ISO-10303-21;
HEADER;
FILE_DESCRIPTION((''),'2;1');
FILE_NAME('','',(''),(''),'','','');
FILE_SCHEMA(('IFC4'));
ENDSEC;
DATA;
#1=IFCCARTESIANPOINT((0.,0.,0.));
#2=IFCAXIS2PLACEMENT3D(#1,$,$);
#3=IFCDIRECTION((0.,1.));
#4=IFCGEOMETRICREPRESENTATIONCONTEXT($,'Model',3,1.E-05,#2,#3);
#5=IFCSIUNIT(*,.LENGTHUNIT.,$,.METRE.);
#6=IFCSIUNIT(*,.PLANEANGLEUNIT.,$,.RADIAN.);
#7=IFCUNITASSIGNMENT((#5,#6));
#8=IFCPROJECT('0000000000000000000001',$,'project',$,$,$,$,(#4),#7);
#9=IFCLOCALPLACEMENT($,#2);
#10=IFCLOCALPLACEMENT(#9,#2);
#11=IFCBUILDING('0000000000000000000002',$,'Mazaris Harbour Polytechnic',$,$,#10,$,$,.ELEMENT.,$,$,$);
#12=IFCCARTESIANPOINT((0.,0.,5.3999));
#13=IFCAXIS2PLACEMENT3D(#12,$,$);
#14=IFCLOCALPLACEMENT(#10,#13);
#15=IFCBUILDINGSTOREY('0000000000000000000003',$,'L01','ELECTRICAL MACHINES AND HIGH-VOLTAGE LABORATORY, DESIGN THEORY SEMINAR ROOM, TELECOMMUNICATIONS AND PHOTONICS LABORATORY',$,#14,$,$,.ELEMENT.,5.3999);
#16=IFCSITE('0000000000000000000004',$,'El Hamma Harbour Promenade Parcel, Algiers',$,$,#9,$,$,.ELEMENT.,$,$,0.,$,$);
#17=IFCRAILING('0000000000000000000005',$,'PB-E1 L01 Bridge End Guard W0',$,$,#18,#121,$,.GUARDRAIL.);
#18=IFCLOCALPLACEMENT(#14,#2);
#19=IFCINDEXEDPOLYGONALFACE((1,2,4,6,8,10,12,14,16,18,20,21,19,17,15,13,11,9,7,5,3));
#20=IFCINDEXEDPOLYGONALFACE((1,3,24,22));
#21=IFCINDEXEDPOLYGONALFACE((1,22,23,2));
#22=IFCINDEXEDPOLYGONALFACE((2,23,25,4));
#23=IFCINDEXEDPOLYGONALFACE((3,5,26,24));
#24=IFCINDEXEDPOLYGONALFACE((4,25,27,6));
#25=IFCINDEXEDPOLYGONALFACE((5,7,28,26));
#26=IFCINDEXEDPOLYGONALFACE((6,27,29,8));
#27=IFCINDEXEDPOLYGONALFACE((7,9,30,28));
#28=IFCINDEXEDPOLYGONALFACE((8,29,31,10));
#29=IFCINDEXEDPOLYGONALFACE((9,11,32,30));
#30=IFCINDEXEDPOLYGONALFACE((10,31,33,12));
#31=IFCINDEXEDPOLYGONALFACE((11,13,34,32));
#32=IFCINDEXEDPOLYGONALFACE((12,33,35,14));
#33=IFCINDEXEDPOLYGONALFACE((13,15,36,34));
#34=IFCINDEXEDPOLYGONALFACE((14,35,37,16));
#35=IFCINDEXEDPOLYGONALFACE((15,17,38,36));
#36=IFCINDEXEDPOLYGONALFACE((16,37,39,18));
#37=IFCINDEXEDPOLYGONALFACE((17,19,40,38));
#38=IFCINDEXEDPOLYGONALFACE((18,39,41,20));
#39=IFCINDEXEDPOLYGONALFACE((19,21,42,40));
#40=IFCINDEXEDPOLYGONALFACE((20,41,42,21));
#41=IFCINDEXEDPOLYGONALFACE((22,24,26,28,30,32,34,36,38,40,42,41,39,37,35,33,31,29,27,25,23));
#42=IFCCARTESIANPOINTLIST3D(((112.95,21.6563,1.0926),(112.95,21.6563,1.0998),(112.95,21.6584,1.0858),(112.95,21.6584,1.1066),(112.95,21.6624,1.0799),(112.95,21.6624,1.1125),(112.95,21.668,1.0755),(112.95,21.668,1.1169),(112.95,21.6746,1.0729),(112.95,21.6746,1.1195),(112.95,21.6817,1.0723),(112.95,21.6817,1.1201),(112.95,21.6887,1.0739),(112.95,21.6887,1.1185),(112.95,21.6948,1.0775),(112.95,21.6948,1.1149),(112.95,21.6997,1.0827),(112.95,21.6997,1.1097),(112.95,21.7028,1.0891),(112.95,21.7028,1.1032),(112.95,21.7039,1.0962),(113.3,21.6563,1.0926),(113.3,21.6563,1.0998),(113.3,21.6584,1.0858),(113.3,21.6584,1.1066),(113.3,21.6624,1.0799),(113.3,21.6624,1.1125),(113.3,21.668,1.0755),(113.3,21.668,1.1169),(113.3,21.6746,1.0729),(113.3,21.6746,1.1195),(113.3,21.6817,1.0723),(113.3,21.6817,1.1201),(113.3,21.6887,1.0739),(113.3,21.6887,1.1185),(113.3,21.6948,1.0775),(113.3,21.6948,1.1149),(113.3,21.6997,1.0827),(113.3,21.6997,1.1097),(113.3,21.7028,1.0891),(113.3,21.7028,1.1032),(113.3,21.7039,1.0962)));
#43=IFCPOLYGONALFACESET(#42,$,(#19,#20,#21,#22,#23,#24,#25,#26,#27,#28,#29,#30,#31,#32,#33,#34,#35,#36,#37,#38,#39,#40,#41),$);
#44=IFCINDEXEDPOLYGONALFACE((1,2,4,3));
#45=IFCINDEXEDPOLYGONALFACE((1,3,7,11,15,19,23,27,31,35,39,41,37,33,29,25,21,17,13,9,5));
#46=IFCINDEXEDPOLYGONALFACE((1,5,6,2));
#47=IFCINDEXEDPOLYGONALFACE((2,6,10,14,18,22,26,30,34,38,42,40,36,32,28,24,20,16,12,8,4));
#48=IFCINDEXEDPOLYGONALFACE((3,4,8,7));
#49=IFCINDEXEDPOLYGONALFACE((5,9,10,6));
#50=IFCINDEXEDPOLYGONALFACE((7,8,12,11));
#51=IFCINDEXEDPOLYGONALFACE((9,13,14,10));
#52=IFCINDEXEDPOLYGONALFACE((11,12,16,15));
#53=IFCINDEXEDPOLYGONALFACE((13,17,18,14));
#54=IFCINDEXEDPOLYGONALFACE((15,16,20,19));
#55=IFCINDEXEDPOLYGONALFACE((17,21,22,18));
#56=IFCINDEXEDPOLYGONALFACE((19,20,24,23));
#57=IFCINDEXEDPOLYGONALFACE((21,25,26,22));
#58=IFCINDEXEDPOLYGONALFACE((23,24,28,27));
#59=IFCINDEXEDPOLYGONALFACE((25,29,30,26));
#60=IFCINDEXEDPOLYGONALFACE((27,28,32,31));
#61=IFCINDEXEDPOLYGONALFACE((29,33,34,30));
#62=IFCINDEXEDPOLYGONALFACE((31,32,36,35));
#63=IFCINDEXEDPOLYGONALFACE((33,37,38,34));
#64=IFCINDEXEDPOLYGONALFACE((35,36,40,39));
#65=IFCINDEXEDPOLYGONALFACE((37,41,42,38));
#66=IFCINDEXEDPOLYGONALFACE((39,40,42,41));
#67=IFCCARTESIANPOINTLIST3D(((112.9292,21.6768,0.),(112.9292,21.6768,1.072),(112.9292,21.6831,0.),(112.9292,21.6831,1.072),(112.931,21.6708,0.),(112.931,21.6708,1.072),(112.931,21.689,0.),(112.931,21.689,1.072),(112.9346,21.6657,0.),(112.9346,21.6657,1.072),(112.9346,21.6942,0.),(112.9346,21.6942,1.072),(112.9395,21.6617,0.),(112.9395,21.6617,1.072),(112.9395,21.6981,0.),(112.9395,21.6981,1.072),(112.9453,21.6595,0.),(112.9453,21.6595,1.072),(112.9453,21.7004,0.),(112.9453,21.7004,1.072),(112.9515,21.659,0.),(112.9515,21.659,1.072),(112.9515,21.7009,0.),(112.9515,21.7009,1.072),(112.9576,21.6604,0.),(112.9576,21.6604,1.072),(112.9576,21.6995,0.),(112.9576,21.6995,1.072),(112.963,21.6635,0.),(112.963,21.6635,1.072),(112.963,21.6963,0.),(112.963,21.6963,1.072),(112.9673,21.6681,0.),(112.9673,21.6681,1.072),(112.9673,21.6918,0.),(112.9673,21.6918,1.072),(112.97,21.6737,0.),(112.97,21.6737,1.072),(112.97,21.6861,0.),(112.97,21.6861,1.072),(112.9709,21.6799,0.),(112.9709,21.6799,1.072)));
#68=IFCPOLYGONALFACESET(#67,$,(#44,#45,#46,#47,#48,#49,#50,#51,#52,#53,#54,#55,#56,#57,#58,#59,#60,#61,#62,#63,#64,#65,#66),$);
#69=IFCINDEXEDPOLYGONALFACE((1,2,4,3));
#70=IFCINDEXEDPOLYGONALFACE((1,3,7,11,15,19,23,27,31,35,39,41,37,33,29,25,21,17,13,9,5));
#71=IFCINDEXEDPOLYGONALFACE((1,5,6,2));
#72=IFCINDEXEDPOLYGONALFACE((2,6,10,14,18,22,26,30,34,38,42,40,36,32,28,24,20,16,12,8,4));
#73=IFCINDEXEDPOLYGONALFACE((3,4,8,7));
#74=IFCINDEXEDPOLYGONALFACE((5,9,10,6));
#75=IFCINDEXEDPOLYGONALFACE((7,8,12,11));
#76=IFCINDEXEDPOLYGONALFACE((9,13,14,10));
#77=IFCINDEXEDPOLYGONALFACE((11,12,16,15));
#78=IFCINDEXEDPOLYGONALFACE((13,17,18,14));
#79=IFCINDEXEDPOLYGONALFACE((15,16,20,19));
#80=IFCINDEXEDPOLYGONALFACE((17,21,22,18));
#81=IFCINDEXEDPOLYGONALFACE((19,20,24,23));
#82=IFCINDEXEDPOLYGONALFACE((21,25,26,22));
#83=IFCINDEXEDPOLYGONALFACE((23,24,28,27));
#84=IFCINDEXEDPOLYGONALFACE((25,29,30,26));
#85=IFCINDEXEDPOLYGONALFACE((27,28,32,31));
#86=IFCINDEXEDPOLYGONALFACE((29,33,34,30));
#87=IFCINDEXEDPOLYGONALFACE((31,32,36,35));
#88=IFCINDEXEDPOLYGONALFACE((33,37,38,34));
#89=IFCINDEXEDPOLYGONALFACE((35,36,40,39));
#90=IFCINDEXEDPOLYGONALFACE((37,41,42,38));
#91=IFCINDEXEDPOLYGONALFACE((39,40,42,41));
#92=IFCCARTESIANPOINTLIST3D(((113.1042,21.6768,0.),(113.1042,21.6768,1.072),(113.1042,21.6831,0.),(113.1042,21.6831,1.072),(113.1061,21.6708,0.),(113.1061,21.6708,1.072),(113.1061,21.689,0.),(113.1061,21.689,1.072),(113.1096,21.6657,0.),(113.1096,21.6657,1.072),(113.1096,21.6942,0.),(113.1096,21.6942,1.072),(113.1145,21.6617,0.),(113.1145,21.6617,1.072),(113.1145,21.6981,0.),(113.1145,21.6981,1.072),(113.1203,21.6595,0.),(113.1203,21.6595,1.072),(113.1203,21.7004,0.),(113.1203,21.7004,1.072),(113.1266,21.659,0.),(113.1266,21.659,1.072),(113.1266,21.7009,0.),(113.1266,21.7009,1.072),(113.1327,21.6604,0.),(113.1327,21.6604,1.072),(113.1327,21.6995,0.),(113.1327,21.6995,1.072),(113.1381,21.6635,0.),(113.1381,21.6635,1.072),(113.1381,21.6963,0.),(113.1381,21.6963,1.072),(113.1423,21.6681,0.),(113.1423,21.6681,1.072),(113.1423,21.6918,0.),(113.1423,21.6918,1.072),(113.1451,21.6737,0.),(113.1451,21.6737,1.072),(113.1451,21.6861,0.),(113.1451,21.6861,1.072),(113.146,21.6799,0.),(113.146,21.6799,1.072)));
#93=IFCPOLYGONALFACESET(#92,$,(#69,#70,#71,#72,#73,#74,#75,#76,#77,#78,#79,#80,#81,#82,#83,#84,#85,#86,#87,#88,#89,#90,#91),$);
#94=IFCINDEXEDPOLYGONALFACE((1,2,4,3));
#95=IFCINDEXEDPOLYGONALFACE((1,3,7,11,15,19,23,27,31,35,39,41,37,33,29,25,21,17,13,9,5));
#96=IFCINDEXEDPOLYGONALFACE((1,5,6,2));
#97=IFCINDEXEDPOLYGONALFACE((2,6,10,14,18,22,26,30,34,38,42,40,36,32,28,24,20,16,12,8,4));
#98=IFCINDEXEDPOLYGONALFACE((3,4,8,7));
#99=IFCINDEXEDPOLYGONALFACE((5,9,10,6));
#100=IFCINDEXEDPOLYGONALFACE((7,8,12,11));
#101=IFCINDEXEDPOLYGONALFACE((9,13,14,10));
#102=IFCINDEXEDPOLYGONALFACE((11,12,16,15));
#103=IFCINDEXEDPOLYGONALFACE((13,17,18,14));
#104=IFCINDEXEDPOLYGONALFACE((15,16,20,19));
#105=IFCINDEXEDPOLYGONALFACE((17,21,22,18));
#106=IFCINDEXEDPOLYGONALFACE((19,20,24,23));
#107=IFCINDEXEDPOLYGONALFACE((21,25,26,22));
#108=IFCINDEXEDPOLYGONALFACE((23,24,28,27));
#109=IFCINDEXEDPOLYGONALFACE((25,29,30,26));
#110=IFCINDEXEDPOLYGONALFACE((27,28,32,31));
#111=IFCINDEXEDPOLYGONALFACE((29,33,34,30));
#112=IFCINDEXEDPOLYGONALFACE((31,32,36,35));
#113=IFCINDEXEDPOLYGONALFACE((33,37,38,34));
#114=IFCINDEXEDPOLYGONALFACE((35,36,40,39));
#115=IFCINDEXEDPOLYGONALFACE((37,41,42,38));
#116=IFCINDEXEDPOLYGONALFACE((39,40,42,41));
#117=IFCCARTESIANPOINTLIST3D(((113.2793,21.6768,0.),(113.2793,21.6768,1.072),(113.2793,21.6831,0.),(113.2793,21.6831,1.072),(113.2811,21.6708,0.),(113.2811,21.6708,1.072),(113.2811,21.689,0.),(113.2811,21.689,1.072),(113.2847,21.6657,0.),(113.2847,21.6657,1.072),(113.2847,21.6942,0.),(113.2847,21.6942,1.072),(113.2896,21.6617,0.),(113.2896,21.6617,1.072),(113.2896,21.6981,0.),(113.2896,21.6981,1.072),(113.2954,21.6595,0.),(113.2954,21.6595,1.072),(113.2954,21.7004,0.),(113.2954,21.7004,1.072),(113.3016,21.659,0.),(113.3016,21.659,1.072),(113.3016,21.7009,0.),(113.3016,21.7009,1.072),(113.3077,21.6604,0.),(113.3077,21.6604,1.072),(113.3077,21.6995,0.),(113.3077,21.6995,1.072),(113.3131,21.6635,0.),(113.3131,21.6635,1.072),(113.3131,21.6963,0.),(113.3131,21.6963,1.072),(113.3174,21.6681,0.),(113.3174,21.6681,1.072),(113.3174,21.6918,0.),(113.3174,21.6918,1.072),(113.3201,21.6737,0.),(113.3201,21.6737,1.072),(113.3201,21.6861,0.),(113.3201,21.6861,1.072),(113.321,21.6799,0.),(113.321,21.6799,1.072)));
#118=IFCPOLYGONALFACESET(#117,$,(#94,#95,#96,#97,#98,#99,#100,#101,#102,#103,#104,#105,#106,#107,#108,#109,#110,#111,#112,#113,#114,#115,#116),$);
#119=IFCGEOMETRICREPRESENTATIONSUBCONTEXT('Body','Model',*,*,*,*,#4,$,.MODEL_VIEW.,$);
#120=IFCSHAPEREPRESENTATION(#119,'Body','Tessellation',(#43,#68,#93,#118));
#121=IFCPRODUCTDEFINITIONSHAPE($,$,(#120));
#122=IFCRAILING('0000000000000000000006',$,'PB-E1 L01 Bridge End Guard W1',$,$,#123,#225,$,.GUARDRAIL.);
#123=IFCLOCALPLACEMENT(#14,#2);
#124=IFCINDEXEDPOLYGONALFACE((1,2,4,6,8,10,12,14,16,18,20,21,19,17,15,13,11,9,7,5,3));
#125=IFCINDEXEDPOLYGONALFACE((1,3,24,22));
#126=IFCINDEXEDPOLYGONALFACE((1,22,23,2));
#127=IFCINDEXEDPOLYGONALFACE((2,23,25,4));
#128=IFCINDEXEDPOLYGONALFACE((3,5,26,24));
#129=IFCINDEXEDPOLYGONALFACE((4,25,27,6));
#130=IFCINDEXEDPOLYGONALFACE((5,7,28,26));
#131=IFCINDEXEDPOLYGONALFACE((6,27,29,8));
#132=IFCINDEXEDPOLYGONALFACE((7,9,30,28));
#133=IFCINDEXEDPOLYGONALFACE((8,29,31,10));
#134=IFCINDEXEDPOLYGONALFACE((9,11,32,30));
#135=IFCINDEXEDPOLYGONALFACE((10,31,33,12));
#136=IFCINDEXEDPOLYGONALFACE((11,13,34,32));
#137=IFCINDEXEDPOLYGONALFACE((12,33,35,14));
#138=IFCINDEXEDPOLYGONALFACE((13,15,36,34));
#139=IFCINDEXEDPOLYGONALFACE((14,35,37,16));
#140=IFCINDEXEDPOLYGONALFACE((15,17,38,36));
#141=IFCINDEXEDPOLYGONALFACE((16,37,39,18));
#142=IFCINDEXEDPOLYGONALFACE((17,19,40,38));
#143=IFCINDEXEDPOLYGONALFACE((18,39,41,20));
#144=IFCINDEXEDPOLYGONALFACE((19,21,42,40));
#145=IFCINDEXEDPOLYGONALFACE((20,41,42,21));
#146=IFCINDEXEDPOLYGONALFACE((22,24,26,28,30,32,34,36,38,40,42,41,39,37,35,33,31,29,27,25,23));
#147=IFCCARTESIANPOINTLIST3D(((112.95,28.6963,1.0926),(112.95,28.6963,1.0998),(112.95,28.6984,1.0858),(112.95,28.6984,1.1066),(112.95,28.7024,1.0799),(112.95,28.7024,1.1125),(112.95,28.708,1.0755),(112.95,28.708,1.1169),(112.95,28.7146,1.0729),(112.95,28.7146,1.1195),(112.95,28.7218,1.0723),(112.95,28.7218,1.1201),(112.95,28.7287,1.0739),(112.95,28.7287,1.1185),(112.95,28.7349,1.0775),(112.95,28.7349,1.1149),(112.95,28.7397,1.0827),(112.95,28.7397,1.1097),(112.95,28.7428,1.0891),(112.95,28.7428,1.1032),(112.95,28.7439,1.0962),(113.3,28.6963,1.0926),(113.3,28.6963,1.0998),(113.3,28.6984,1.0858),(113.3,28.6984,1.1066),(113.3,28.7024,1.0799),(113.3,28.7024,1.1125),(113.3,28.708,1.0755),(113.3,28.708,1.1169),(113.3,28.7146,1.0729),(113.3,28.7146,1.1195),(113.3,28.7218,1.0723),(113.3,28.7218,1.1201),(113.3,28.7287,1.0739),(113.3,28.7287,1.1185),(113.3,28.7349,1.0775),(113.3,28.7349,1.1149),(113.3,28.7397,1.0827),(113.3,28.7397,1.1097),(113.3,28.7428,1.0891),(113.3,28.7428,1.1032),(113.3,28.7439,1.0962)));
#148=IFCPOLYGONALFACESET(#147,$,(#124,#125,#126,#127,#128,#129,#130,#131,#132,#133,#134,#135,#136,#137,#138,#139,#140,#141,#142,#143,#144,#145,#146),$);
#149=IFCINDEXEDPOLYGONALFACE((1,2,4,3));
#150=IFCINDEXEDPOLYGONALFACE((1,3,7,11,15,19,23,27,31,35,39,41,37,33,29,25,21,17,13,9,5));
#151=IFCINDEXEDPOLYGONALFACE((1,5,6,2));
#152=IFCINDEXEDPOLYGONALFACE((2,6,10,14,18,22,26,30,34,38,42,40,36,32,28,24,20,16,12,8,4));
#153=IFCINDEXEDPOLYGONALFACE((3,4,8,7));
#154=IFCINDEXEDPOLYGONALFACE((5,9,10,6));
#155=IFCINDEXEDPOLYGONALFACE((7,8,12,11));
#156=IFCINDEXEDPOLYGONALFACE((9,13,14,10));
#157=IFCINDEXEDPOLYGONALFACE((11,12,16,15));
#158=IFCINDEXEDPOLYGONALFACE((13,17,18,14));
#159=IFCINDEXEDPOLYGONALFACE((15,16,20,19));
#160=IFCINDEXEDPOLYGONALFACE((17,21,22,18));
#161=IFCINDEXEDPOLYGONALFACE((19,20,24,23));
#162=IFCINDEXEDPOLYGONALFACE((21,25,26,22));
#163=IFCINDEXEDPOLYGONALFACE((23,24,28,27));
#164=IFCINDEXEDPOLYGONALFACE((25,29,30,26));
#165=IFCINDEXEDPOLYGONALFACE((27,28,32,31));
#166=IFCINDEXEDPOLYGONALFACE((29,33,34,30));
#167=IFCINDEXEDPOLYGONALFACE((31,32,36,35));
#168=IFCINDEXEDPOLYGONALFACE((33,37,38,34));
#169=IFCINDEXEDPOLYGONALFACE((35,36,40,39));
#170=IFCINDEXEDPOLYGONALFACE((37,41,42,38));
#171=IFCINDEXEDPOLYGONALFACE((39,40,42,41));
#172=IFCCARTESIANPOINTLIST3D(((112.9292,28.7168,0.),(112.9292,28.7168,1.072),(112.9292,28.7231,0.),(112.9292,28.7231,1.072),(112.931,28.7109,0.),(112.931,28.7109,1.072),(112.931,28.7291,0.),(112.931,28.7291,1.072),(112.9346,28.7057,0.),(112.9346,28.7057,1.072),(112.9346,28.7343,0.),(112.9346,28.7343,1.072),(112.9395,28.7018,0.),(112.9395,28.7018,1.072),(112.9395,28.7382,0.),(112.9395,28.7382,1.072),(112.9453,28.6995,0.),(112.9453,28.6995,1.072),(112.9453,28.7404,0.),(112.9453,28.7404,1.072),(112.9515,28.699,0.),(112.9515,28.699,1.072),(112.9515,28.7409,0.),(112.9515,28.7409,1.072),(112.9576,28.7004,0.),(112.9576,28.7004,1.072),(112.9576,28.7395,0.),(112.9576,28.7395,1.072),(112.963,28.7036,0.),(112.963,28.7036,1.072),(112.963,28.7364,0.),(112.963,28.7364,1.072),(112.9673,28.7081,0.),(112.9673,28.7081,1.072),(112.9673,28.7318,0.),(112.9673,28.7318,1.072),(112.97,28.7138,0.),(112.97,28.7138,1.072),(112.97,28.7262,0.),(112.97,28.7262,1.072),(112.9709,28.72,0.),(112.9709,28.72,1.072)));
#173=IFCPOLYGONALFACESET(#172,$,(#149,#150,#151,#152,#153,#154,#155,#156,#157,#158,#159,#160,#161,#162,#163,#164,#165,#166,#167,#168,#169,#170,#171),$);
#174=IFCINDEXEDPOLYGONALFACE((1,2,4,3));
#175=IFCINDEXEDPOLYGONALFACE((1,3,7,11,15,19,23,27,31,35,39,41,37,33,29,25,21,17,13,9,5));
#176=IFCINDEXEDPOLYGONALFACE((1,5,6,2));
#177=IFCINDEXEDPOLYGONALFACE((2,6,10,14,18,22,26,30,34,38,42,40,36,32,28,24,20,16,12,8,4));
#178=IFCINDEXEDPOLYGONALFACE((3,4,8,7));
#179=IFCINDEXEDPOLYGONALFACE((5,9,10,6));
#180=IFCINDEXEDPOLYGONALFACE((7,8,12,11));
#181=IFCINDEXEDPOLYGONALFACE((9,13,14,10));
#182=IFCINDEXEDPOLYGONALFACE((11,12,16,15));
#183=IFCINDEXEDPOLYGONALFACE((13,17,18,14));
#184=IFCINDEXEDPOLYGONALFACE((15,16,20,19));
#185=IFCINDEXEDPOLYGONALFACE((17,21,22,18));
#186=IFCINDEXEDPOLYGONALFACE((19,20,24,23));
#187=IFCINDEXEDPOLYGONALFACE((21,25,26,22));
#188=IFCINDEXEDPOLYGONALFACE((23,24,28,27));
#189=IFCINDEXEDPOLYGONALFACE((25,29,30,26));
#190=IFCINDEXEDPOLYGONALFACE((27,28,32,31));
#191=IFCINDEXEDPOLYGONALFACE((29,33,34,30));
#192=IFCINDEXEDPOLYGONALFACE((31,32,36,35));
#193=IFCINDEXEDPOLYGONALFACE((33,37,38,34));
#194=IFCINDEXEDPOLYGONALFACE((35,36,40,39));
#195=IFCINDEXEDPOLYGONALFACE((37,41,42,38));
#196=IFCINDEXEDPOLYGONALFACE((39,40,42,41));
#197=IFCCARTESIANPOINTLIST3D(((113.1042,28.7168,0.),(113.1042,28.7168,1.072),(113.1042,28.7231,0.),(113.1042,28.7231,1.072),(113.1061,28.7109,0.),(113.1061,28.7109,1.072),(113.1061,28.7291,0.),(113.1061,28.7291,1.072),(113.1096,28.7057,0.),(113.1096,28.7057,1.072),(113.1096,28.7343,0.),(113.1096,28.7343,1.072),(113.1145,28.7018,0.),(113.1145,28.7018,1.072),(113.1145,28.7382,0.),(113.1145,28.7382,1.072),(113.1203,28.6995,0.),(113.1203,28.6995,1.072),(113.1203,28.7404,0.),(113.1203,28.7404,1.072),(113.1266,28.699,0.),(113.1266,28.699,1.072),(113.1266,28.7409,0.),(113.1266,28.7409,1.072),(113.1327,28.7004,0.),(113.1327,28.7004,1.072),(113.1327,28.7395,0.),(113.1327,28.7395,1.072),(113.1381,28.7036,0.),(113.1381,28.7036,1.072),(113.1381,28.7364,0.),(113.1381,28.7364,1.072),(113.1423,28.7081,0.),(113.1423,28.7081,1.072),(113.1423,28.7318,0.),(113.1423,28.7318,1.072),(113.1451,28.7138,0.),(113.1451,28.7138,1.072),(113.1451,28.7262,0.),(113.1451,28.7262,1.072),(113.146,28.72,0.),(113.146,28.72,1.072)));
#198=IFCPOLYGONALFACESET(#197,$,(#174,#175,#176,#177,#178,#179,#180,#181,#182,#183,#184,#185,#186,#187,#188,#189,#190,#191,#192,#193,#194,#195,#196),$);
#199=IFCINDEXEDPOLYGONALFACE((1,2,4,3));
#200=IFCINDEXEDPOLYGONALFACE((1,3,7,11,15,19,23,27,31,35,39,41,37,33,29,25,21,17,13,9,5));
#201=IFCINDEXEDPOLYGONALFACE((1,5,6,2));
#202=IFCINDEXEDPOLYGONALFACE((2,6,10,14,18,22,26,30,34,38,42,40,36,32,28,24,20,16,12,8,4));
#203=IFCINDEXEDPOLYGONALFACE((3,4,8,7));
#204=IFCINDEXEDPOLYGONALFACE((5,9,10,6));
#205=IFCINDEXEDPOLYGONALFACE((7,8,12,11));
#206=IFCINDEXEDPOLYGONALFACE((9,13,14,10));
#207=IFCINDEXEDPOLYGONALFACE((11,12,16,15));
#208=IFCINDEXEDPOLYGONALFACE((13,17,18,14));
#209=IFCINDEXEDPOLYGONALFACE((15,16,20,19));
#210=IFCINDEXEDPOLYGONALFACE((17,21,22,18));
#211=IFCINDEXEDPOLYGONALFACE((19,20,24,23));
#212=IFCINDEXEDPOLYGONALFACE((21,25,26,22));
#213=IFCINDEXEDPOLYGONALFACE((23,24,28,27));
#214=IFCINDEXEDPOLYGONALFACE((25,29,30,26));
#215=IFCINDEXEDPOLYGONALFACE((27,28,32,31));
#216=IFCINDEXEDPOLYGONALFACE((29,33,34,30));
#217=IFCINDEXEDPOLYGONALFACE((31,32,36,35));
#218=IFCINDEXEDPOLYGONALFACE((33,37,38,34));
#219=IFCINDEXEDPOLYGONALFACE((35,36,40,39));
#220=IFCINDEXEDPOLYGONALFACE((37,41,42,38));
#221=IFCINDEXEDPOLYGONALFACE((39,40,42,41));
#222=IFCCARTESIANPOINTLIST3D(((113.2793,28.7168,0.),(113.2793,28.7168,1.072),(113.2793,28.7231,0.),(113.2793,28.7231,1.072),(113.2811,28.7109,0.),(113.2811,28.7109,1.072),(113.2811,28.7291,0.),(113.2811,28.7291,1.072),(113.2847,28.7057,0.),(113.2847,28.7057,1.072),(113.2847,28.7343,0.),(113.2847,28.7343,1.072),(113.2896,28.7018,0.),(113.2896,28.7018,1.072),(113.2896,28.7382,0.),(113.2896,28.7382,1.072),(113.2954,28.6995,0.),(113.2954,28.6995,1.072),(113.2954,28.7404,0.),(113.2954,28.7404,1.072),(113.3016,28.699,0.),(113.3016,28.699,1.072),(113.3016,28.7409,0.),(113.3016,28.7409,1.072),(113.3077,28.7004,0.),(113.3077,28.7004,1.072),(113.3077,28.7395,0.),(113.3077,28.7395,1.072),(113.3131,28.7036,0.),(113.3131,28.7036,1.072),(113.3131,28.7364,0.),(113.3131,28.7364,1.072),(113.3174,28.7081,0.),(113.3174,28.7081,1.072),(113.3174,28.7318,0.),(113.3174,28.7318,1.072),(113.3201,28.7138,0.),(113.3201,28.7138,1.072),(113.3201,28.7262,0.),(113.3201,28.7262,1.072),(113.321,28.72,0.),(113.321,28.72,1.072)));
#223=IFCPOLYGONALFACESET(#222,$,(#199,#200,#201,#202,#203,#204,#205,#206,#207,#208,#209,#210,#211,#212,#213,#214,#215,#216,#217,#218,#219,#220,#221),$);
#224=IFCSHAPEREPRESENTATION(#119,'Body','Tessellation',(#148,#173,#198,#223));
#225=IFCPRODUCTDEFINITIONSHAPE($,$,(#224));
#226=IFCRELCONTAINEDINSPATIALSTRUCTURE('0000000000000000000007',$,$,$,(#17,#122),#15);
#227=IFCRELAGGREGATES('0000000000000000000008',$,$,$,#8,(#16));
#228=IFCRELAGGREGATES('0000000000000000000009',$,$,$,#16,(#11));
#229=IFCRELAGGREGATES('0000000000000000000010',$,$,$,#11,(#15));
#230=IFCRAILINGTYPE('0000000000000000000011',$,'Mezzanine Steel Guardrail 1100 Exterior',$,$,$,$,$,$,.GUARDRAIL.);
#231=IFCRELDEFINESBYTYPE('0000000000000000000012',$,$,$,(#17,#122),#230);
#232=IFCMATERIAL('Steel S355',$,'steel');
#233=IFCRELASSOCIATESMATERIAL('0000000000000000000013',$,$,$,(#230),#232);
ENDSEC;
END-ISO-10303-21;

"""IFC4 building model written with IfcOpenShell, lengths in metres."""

from ifc_helpers import new_model, si_unit, direction, frame, origin, origin_2d, place, context, subcontext, project, spatial, circle, extrude, material, type_object, element, save


model = new_model("IFC4")

# Units and contexts
model_context = context("Model", 3, precision=1e-05, world=origin(), true_north=direction((0.0, 1.0)))
body_context = subcontext(model_context, "Body", "Model", "MODEL_VIEW")
ifc_project = project(units=[si_unit("LENGTHUNIT", "METRE"), si_unit("PLANEANGLEUNIT", "RADIAN")], contexts=[model_context])

# Site, building, storey
site_placement = place(None, origin())
site = spatial("IfcSite", under=ifc_project, at=site_placement, Name="El Hamma Harbour Promenade Parcel, Algiers", CompositionType="ELEMENT", RefElevation=0.0)
building_placement = place(site_placement, origin())
building = spatial("IfcBuilding", under=site, at=building_placement, Name="Mazaris Harbour Polytechnic", CompositionType="ELEMENT")
storey_placement = place(building_placement, frame((0.0, 0.0, 5.3999)))
storey = spatial("IfcBuildingStorey", under=building, at=storey_placement, Name="L01", Description="ELECTRICAL MACHINES AND HIGH-VOLTAGE LABORATORY, DESIGN THEORY SEMINAR ROOM, TELECOMMUNICATIONS AND PHOTONICS LABORATORY", CompositionType="ELEMENT", Elevation=5.3999)

# Railings
ifc_material_1 = material(Name="Steel S355", Category="steel")
railing_type = type_object("IfcRailingType", Name="Mezzanine Steel Guardrail 1100 Exterior", PredefinedType="GUARDRAIL", material=ifc_material_1)
for number, where, name in (
    (1, (112.95, 21.6799, 0.0), "PB-E1 L01 Bridge End Guard W0"),
    (2, (112.95, 28.72, 0.0), "PB-E1 L01 Bridge End Guard W1"),
):
    element("IfcRailing", number, at=place(storey_placement, frame(where)), inside=storey, type_object=railing_type, Name=name, PredefinedType="GUARDRAIL", context=body_context, shape_type="SweptSolid", body=[
        extrude(circle(Radius=0.0239, at=origin_2d()), frame((0.0, 0.0, 1.0962), z_axis=(1.0, 0.0, 0.0), x_axis=(0.0, 1.0, 0.0)), (0.0, 0.0, 1.0), 0.3501),
        extrude(circle(Radius=0.021, at=origin_2d()), origin(), (0.0, 0.0, 1.0), 1.072),
        extrude(circle(Radius=0.021, at=origin_2d()), frame((0.175, 0.0, 0.0)), (0.0, 0.0, 1.0), 1.072),
        extrude(circle(Radius=0.021, at=origin_2d()), frame((0.3501, 0.0, 0.0)), (0.0, 0.0, 1.0), 1.072),
    ])

save(model, "model.ifc")
